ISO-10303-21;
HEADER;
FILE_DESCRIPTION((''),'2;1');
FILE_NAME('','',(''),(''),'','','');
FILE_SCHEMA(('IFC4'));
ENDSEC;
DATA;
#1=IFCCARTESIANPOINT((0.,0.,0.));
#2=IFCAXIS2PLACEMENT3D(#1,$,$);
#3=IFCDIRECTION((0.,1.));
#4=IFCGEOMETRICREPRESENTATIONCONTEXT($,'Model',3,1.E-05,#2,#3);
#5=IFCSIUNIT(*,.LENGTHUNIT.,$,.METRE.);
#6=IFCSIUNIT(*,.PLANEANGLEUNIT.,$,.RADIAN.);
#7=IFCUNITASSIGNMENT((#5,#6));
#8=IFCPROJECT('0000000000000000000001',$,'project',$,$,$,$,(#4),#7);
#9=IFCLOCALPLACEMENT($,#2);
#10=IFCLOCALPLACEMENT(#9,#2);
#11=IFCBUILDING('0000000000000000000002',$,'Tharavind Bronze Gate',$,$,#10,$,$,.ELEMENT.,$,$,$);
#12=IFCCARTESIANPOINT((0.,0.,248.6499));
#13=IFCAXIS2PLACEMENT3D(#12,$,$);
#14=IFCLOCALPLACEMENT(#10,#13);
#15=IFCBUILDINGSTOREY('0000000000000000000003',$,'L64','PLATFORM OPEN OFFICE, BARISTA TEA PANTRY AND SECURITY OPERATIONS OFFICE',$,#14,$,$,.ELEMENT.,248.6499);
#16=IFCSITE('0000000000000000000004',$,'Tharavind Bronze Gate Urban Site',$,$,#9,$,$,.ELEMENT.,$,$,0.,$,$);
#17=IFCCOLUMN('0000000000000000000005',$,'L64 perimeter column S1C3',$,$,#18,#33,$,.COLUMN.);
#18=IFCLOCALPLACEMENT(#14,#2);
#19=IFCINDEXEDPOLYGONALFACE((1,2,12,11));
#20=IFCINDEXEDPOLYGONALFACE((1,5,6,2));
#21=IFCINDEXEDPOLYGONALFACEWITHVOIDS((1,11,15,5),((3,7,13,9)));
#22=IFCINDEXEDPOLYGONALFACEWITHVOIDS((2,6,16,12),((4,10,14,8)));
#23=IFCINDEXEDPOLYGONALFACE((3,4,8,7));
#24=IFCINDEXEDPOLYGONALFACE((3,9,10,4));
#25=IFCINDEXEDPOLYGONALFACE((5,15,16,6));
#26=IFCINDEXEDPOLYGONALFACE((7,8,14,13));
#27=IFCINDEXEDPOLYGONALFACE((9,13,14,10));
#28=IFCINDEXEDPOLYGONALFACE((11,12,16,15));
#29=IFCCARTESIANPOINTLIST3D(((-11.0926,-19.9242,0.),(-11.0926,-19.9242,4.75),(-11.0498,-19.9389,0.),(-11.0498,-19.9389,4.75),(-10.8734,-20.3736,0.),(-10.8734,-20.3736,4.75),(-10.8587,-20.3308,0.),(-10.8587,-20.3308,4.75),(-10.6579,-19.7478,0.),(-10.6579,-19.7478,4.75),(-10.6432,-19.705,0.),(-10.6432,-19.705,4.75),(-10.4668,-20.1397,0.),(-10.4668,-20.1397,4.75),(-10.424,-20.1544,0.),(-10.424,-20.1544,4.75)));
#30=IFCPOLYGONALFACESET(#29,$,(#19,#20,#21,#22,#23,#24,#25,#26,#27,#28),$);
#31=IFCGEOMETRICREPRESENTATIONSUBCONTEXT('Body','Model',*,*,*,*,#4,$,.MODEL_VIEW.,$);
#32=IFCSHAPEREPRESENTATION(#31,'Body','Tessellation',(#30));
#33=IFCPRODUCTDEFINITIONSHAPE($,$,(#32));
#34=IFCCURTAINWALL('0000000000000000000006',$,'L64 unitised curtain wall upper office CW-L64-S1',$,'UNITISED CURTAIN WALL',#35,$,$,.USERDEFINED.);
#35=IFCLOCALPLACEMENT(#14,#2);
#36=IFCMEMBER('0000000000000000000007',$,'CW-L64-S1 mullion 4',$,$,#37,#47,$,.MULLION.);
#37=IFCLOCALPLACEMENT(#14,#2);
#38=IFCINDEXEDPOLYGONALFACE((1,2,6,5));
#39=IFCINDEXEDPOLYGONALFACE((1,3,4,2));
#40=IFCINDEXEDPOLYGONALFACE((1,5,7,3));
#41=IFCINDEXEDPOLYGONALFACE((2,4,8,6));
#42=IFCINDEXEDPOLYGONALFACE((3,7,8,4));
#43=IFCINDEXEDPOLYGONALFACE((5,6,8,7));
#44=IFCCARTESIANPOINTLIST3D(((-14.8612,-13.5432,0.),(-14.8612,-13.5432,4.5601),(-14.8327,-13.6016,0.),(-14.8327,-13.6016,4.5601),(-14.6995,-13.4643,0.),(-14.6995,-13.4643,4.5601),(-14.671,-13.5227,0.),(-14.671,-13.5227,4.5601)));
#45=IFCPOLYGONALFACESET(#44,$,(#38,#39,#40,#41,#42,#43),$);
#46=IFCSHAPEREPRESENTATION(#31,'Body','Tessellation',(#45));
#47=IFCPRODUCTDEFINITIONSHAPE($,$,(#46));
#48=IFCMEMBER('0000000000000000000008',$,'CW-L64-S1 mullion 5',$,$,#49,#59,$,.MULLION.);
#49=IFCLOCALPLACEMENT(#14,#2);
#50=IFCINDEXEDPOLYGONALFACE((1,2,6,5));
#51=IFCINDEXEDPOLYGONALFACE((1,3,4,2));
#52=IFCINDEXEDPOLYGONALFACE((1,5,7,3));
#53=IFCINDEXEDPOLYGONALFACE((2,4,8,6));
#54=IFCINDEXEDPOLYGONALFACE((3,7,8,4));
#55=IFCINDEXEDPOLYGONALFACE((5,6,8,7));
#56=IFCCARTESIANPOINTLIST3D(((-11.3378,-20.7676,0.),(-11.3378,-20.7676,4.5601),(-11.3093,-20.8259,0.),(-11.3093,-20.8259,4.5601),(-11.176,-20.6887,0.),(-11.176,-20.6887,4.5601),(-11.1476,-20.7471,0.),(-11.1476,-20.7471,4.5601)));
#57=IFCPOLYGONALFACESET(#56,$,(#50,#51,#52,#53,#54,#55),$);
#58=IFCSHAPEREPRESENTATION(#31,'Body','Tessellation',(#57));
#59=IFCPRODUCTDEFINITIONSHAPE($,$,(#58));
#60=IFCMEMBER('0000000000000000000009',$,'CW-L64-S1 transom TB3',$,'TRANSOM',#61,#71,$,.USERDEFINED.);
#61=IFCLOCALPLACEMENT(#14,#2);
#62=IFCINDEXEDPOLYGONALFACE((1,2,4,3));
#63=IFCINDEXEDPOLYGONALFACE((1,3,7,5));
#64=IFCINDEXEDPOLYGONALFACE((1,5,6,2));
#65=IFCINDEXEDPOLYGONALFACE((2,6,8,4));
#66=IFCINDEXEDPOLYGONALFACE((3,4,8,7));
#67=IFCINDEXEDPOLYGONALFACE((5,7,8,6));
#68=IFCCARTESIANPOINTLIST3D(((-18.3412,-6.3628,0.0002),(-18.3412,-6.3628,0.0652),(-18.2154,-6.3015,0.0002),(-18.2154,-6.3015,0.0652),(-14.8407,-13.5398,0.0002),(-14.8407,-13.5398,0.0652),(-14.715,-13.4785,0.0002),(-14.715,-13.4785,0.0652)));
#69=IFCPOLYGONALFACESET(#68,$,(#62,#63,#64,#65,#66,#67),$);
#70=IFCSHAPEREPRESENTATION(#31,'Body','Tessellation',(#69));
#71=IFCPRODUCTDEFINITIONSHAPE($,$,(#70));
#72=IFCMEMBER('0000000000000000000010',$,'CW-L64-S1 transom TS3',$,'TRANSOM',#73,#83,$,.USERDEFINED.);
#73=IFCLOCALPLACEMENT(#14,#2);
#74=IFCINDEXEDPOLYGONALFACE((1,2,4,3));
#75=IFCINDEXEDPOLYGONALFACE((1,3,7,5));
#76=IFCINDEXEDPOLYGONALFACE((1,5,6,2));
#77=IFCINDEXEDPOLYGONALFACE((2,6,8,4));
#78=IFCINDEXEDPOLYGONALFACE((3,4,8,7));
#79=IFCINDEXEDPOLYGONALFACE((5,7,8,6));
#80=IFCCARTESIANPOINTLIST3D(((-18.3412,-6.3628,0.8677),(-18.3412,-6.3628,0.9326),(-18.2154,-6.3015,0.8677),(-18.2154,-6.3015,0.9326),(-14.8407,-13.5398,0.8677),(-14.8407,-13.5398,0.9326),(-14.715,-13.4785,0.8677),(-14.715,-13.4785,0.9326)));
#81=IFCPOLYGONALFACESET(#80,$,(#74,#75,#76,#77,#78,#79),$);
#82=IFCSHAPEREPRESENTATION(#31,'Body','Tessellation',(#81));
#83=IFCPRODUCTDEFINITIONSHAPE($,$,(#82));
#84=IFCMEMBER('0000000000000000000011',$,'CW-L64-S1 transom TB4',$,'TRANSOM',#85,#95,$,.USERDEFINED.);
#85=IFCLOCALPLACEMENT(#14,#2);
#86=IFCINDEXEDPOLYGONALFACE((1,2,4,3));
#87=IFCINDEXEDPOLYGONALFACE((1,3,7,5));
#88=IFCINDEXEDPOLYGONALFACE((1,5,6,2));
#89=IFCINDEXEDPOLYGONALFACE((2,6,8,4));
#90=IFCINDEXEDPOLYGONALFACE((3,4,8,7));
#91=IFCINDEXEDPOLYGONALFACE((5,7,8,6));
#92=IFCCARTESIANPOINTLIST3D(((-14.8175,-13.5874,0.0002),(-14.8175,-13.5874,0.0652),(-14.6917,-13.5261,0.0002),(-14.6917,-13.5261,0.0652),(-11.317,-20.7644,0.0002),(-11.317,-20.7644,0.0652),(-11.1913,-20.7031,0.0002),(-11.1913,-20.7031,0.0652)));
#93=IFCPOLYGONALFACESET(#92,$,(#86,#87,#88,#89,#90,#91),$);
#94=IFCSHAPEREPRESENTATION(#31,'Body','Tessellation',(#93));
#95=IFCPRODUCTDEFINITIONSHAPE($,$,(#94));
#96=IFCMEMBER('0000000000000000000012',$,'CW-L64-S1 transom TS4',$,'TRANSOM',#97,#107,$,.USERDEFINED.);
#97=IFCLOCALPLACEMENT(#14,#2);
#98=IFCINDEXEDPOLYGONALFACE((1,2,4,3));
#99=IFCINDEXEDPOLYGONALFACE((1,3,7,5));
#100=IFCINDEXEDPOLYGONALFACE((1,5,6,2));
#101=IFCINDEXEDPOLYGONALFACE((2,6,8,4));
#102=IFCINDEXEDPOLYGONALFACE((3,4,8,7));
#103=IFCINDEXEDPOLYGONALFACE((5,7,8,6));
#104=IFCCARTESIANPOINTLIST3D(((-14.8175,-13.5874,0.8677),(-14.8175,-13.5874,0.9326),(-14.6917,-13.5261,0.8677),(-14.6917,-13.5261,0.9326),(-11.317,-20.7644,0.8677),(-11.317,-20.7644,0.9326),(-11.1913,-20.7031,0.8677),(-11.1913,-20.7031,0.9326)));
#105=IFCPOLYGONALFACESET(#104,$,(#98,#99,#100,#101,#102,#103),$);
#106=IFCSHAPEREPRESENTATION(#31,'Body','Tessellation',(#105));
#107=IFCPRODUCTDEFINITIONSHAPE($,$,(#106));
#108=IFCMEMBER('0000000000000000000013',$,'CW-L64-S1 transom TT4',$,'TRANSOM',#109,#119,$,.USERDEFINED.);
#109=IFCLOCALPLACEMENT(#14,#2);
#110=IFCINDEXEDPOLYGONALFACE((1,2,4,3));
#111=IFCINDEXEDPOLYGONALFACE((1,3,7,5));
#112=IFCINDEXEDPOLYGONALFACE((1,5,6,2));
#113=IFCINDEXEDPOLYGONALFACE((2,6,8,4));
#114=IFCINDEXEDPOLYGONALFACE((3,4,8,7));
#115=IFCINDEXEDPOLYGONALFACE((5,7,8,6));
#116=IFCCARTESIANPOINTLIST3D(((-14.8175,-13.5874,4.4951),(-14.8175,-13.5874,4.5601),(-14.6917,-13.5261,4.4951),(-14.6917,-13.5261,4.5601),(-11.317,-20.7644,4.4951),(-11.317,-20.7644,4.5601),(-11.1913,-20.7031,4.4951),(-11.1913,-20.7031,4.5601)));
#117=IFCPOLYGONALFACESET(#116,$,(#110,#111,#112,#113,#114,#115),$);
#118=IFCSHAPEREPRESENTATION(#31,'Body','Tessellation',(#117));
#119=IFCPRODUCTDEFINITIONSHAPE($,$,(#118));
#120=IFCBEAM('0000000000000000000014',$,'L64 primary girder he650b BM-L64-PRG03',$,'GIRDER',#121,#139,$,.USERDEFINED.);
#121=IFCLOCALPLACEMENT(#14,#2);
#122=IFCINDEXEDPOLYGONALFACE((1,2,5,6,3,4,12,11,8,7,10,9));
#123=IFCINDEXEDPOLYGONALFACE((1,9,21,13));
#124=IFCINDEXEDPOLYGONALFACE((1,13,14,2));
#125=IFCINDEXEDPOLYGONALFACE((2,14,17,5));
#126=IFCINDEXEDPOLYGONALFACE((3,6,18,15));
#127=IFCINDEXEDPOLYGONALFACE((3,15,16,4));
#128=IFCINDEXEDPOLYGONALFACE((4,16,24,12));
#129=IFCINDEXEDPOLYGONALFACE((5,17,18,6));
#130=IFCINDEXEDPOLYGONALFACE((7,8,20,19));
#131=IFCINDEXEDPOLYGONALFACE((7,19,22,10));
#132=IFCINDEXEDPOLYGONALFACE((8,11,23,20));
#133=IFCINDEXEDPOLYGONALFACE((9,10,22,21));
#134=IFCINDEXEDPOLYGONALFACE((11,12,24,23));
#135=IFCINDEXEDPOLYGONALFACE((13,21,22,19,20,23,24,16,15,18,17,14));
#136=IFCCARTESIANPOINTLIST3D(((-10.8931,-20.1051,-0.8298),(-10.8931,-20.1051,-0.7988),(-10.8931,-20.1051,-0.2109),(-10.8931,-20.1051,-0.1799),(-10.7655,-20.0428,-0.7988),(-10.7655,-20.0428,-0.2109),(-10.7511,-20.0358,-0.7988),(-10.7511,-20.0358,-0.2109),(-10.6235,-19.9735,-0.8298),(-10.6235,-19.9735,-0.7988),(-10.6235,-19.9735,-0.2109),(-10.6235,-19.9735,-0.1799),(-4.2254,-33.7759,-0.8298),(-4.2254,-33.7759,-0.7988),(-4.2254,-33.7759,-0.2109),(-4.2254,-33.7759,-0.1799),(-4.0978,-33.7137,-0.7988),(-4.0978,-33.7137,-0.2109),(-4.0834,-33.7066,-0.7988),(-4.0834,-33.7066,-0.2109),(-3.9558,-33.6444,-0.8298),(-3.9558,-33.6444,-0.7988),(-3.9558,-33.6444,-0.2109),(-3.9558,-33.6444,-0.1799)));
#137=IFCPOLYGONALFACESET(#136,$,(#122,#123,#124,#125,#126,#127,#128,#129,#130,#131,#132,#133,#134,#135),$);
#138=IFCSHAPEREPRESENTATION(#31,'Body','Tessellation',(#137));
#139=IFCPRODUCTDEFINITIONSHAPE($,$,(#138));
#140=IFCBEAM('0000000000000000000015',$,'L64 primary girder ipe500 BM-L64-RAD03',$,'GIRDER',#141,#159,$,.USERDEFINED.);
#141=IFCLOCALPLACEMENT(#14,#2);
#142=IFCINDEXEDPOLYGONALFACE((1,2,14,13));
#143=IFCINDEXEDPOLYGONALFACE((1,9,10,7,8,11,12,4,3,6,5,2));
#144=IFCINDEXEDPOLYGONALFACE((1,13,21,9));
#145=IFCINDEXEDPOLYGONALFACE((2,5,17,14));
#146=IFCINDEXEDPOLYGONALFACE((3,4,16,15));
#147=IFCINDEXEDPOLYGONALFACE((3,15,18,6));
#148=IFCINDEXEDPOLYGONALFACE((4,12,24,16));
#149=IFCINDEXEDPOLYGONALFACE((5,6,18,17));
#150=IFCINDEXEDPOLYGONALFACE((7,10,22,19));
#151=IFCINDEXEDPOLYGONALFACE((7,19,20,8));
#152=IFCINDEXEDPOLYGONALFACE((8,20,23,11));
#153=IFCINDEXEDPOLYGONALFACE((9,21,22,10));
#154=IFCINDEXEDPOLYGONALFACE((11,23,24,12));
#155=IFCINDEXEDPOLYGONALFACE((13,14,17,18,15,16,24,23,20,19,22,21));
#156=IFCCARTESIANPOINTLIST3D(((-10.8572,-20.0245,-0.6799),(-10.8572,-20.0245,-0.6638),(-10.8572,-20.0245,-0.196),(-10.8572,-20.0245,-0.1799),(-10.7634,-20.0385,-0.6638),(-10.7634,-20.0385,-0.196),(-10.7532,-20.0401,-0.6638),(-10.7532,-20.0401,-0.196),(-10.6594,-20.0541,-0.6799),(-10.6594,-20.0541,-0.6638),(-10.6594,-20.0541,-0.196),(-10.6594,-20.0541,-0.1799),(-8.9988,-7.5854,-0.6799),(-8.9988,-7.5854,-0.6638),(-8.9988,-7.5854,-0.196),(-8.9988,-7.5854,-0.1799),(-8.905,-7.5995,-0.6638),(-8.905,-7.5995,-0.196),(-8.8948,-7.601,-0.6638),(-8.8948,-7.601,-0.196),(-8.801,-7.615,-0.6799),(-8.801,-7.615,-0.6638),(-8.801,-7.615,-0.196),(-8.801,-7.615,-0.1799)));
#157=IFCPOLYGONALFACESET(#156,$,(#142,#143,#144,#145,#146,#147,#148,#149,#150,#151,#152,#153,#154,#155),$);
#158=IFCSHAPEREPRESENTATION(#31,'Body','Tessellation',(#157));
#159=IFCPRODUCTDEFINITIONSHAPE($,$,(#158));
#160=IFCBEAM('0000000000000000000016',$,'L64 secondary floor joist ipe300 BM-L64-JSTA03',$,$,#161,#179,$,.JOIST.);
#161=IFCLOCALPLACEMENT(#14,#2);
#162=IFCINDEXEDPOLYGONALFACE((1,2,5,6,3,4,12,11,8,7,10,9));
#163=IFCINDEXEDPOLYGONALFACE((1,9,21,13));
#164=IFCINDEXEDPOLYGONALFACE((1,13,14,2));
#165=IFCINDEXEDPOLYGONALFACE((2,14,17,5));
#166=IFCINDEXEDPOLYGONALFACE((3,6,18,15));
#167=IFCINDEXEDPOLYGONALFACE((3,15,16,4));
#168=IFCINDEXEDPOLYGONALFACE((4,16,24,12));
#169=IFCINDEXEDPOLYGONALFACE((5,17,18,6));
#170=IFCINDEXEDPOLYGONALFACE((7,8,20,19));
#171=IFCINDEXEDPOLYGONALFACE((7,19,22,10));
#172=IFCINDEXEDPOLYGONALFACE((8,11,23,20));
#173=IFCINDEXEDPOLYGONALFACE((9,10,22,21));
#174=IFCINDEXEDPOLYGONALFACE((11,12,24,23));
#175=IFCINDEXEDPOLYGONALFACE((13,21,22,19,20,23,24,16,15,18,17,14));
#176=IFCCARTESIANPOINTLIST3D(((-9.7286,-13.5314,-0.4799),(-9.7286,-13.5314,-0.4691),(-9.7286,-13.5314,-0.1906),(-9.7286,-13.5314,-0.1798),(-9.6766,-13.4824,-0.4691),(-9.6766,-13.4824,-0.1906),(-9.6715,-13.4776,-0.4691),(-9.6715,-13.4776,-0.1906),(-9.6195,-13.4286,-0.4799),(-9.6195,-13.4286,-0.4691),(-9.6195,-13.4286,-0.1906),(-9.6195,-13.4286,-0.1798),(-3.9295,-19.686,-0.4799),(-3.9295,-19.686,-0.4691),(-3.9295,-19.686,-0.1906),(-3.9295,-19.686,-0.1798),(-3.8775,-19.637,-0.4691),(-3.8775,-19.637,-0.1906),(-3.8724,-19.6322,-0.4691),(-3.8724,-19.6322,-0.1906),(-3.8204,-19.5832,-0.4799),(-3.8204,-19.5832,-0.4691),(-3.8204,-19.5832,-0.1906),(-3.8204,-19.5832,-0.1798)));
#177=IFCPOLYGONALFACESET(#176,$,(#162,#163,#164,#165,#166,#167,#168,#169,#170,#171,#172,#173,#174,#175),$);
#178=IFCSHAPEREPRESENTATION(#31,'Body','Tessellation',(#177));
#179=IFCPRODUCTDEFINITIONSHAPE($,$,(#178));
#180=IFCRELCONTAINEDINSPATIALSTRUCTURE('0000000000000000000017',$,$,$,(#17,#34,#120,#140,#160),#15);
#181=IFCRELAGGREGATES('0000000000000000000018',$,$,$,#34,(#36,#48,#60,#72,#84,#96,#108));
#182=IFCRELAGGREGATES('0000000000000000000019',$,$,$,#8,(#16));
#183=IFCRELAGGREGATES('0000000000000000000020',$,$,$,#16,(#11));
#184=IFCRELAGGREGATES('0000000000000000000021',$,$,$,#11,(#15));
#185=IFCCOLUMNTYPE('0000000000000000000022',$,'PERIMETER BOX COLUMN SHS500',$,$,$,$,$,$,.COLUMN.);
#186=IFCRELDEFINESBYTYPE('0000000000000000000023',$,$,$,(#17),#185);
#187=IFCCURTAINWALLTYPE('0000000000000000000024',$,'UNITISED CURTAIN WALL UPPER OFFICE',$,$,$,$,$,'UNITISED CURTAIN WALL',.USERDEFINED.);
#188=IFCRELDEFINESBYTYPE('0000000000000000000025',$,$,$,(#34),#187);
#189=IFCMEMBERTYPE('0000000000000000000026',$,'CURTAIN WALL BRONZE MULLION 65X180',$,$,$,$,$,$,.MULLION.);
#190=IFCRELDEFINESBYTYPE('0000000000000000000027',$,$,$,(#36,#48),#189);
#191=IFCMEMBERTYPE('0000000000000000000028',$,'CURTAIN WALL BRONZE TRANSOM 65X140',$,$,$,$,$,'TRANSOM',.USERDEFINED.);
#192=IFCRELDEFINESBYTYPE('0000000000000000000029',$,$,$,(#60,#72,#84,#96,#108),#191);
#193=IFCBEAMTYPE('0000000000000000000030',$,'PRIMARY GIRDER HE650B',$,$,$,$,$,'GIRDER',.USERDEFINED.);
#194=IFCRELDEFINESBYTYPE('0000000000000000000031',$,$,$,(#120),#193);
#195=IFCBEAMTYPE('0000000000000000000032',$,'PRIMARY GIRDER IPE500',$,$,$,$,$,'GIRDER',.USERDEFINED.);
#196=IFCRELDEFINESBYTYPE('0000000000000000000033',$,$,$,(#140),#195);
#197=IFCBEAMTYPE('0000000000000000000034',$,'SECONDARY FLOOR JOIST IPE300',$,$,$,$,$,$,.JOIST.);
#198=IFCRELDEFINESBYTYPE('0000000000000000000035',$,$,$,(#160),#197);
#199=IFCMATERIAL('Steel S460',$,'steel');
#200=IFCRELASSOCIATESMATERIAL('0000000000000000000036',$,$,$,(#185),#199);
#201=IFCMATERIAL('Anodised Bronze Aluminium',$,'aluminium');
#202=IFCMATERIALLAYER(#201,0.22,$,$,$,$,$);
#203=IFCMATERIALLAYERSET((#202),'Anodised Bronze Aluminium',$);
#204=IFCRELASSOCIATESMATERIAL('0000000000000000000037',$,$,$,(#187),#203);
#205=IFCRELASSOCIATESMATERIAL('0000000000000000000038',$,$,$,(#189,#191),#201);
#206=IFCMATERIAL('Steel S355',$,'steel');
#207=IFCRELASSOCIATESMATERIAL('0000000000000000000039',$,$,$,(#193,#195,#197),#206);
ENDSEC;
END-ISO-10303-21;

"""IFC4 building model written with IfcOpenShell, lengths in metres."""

from ifc_helpers import new_model, si_unit, direction, frame, origin, origin_2d, place, context, subcontext, project, spatial, rectangle, hollow_rectangle, i_section, extrude, material, layer, layer_set, material_profile, profile_set, type_object, element, aggregate, save


model = new_model("IFC4")

# Units and contexts
model_context = context("Model", 3, precision=1e-05, world=origin(), true_north=direction((0.0, 1.0)))
body_context = subcontext(model_context, "Body", "Model", "MODEL_VIEW")
ifc_project = project(units=[si_unit("LENGTHUNIT", "METRE"), si_unit("PLANEANGLEUNIT", "RADIAN")], contexts=[model_context])

# Site, building, storey
site_placement = place(None, origin())
site = spatial("IfcSite", under=ifc_project, at=site_placement, Name="Tharavind Bronze Gate Urban Site", CompositionType="ELEMENT", RefElevation=0.0)
building_placement = place(site_placement, origin())
building = spatial("IfcBuilding", under=site, at=building_placement, Name="Tharavind Bronze Gate", CompositionType="ELEMENT")
storey_placement = place(building_placement, frame((0.0, 0.0, 248.6499)))
storey = spatial("IfcBuildingStorey", under=building, at=storey_placement, Name="L64", Description="PLATFORM OPEN OFFICE, BARISTA TEA PANTRY AND SECURITY OPERATIONS OFFICE", CompositionType="ELEMENT", Elevation=248.6499)

# Column
ifc_material_1 = material(Name="Steel S460", Category="steel")
ifc_material_profile_1 = material_profile(ifc_material_1, hollow_rectangle(XDim=0.5, YDim=0.5, WallThickness=0.032, at=origin_2d()), Name="SHS500X32")
ifc_profile_set_1 = profile_set([ifc_material_profile_1], Name="Steel S460")
column_type = type_object("IfcColumnType", Name="PERIMETER BOX COLUMN SHS500", PredefinedType="COLUMN", material=ifc_profile_set_1)
column_placement = place(storey_placement, frame((-10.7583, -20.0393, 0.0), z_axis=(0.0, 0.0, 1.0), x_axis=(-0.438371, 0.898794, 0.0)))
element("IfcColumn", 1, at=column_placement, inside=storey, type_object=column_type, Name="L64 perimeter column S1C3", PredefinedType="COLUMN", context=body_context, shape_type="SweptSolid", body=[
    extrude(hollow_rectangle(XDim=0.5, YDim=0.5, WallThickness=0.032, at=origin_2d()), origin(), (0.0, 0.0, 1.0), 4.75),
])

# Curtain wall, members
ifc_material_2 = material(Name="Anodised Bronze Aluminium", Category="aluminium")
ifc_layer_1 = layer(ifc_material_2, 0.22)
ifc_layer_set_1 = layer_set([ifc_layer_1], Name="Anodised Bronze Aluminium")
curtain_wall_type = type_object("IfcCurtainWallType", Name="UNITISED CURTAIN WALL UPPER OFFICE", ElementType="UNITISED CURTAIN WALL", PredefinedType="USERDEFINED", material=ifc_layer_set_1)
curtain_wall_placement = place(storey_placement, origin())
curtain_wall = element("IfcCurtainWall", 2, at=curtain_wall_placement, inside=storey, type_object=curtain_wall_type, Name="L64 unitised curtain wall upper office CW-L64-S1", ObjectType="UNITISED CURTAIN WALL", PredefinedType="USERDEFINED")
member_type_1 = type_object("IfcMemberType", Name="CURTAIN WALL BRONZE MULLION 65X180", PredefinedType="MULLION", material=ifc_material_2)
member_1_placement = place(storey_placement, frame((-14.7661, -13.533, 0.0), z_axis=(0.0, 0.0, 1.0), x_axis=(0.438371, -0.898794, 0.0)))
member_1 = element("IfcMember", 3, at=member_1_placement, type_object=member_type_1, Name="CW-L64-S1 mullion 4", PredefinedType="MULLION", context=body_context, shape_type="SweptSolid", body=[
    extrude(rectangle(XDim=0.0649, YDim=0.1799, at=origin_2d()), origin(), (0.0, 0.0, 1.0), 4.5601),
])
member_2_placement = place(storey_placement, frame((-11.2427, -20.7573, 0.0), z_axis=(0.0, 0.0, 1.0), x_axis=(0.438371, -0.898794, 0.0)))
member_2 = element("IfcMember", 4, at=member_2_placement, type_object=member_type_1, Name="CW-L64-S1 mullion 5", PredefinedType="MULLION", context=body_context, shape_type="SweptSolid", body=[
    extrude(rectangle(XDim=0.0649, YDim=0.1799, at=origin_2d()), origin(), (0.0, 0.0, 1.0), 4.5601),
])
member_type_2 = type_object("IfcMemberType", Name="CURTAIN WALL BRONZE TRANSOM 65X140", ElementType="TRANSOM", PredefinedType="USERDEFINED", material=ifc_material_2)
member_3_placement = place(storey_placement, frame((-16.5281, -9.9207, 0.0002), z_axis=(0.0, 0.0, 1.0), x_axis=(0.438371, -0.898794, 0.0)))
member_3 = element("IfcMember", 5, at=member_3_placement, type_object=member_type_2, Name="CW-L64-S1 transom TB3", ObjectType="TRANSOM", PredefinedType="USERDEFINED", context=body_context, shape_type="SweptSolid", body=[
    extrude(rectangle(XDim=7.9851, YDim=0.1399, at=origin_2d()), origin(), (0.0, 0.0, 1.0), 0.0649),
])
member_4_placement = place(storey_placement, frame((-16.5281, -9.9207, 0.8677), z_axis=(0.0, 0.0, 1.0), x_axis=(0.438371, -0.898794, 0.0)))
member_4 = element("IfcMember", 6, at=member_4_placement, type_object=member_type_2, Name="CW-L64-S1 transom TS3", ObjectType="TRANSOM", PredefinedType="USERDEFINED", context=body_context, shape_type="SweptSolid", body=[
    extrude(rectangle(XDim=7.9851, YDim=0.1399, at=origin_2d()), origin(), (0.0, 0.0, 1.0), 0.0649),
])
member_5_placement = place(storey_placement, frame((-13.0044, -17.1453, 0.0002), z_axis=(0.0, 0.0, 1.0), x_axis=(0.438371, -0.898794, 0.0)))
member_5 = element("IfcMember", 7, at=member_5_placement, type_object=member_type_2, Name="CW-L64-S1 transom TB4", ObjectType="TRANSOM", PredefinedType="USERDEFINED", context=body_context, shape_type="SweptSolid", body=[
    extrude(rectangle(XDim=7.9851, YDim=0.1399, at=origin_2d()), origin(), (0.0, 0.0, 1.0), 0.0649),
])
member_6_placement = place(storey_placement, frame((-13.0044, -17.1453, 0.8677), z_axis=(0.0, 0.0, 1.0), x_axis=(0.438371, -0.898794, 0.0)))
member_6 = element("IfcMember", 8, at=member_6_placement, type_object=member_type_2, Name="CW-L64-S1 transom TS4", ObjectType="TRANSOM", PredefinedType="USERDEFINED", context=body_context, shape_type="SweptSolid", body=[
    extrude(rectangle(XDim=7.9851, YDim=0.1399, at=origin_2d()), origin(), (0.0, 0.0, 1.0), 0.0649),
])
member_7_placement = place(storey_placement, frame((-13.0044, -17.1453, 4.4951), z_axis=(0.0, 0.0, 1.0), x_axis=(0.438371, -0.898794, 0.0)))
member_7 = element("IfcMember", 9, at=member_7_placement, type_object=member_type_2, Name="CW-L64-S1 transom TT4", ObjectType="TRANSOM", PredefinedType="USERDEFINED", context=body_context, shape_type="SweptSolid", body=[
    extrude(rectangle(XDim=7.9851, YDim=0.1399, at=origin_2d()), origin(), (0.0, 0.0, 1.0), 0.0649),
])

# Beams
ifc_material_3 = material(Name="Steel S355", Category="steel")
ifc_material_profile_2 = material_profile(ifc_material_3, i_section(OverallWidth=0.3, OverallDepth=0.6499, WebThickness=0.0161, FlangeThickness=0.031, at=origin_2d()), Name="HE650B")
ifc_profile_set_2 = profile_set([ifc_material_profile_2], Name="Steel S355")
beam_type_1 = type_object("IfcBeamType", Name="PRIMARY GIRDER HE650B", ElementType="GIRDER", PredefinedType="USERDEFINED", material=ifc_profile_set_2)
beam_1_placement = place(storey_placement, frame((-10.7583, -20.0393, -0.5049), z_axis=(0.43837, -0.898795, 0.0), x_axis=(0.898795, 0.43837, 0.0)))
element("IfcBeam", 10, at=beam_1_placement, inside=storey, type_object=beam_type_1, Name="L64 primary girder he650b BM-L64-PRG03", ObjectType="GIRDER", PredefinedType="USERDEFINED", context=body_context, shape_type="SweptSolid", body=[
    extrude(i_section(OverallWidth=0.3, OverallDepth=0.6499, WebThickness=0.0161, FlangeThickness=0.031, at=origin_2d()), origin(), (0.0, 0.0, 1.0), 15.2102),
])
ifc_material_profile_3 = material_profile(ifc_material_3, i_section(OverallWidth=0.2, OverallDepth=0.5, WebThickness=0.0103, FlangeThickness=0.0161, at=origin_2d()), Name="IPE500")
ifc_profile_set_3 = profile_set([ifc_material_profile_3], Name="Steel S355")
beam_type_2 = type_object("IfcBeamType", Name="PRIMARY GIRDER IPE500", ElementType="GIRDER", PredefinedType="USERDEFINED", material=ifc_profile_set_3)
beam_2_placement = place(storey_placement, frame((-10.7583, -20.0393, -0.4299), z_axis=(0.147759, 0.989023, 0.0), x_axis=(-0.989023, 0.147759, 0.0)))
element("IfcBeam", 11, at=beam_2_placement, inside=storey, type_object=beam_type_2, Name="L64 primary girder ipe500 BM-L64-RAD03", ObjectType="GIRDER", PredefinedType="USERDEFINED", context=body_context, shape_type="SweptSolid", body=[
    extrude(i_section(OverallWidth=0.2, OverallDepth=0.5, WebThickness=0.0103, FlangeThickness=0.0161, at=origin_2d()), origin(), (0.0, 0.0, 1.0), 12.5771),
])
ifc_material_profile_4 = material_profile(ifc_material_3, i_section(OverallWidth=0.1499, OverallDepth=0.3, WebThickness=0.0071, FlangeThickness=0.0107, at=origin_2d()), Name="IPE300")
ifc_profile_set_4 = profile_set([ifc_material_profile_4], Name="Steel S355")
beam_type_3 = type_object("IfcBeamType", Name="SECONDARY FLOOR JOIST IPE300", PredefinedType="JOIST", material=ifc_profile_set_4)
beam_3_placement = place(storey_placement, frame((-9.6741, -13.48, -0.3298), z_axis=(0.685776, -0.727813, 0.0), x_axis=(0.727813, 0.685776, 0.0)))
element("IfcBeam", 12, at=beam_3_placement, inside=storey, type_object=beam_type_3, Name="L64 secondary floor joist ipe300 BM-L64-JSTA03", PredefinedType="JOIST", context=body_context, shape_type="SweptSolid", body=[
    extrude(i_section(OverallWidth=0.1499, OverallDepth=0.3, WebThickness=0.0071, FlangeThickness=0.0107, at=origin_2d()), origin(), (0.0, 0.0, 1.0), 8.4563),
])

aggregate(curtain_wall, [member_1, member_2, member_3, member_4, member_5, member_6, member_7])

save(model, "model.ifc")
